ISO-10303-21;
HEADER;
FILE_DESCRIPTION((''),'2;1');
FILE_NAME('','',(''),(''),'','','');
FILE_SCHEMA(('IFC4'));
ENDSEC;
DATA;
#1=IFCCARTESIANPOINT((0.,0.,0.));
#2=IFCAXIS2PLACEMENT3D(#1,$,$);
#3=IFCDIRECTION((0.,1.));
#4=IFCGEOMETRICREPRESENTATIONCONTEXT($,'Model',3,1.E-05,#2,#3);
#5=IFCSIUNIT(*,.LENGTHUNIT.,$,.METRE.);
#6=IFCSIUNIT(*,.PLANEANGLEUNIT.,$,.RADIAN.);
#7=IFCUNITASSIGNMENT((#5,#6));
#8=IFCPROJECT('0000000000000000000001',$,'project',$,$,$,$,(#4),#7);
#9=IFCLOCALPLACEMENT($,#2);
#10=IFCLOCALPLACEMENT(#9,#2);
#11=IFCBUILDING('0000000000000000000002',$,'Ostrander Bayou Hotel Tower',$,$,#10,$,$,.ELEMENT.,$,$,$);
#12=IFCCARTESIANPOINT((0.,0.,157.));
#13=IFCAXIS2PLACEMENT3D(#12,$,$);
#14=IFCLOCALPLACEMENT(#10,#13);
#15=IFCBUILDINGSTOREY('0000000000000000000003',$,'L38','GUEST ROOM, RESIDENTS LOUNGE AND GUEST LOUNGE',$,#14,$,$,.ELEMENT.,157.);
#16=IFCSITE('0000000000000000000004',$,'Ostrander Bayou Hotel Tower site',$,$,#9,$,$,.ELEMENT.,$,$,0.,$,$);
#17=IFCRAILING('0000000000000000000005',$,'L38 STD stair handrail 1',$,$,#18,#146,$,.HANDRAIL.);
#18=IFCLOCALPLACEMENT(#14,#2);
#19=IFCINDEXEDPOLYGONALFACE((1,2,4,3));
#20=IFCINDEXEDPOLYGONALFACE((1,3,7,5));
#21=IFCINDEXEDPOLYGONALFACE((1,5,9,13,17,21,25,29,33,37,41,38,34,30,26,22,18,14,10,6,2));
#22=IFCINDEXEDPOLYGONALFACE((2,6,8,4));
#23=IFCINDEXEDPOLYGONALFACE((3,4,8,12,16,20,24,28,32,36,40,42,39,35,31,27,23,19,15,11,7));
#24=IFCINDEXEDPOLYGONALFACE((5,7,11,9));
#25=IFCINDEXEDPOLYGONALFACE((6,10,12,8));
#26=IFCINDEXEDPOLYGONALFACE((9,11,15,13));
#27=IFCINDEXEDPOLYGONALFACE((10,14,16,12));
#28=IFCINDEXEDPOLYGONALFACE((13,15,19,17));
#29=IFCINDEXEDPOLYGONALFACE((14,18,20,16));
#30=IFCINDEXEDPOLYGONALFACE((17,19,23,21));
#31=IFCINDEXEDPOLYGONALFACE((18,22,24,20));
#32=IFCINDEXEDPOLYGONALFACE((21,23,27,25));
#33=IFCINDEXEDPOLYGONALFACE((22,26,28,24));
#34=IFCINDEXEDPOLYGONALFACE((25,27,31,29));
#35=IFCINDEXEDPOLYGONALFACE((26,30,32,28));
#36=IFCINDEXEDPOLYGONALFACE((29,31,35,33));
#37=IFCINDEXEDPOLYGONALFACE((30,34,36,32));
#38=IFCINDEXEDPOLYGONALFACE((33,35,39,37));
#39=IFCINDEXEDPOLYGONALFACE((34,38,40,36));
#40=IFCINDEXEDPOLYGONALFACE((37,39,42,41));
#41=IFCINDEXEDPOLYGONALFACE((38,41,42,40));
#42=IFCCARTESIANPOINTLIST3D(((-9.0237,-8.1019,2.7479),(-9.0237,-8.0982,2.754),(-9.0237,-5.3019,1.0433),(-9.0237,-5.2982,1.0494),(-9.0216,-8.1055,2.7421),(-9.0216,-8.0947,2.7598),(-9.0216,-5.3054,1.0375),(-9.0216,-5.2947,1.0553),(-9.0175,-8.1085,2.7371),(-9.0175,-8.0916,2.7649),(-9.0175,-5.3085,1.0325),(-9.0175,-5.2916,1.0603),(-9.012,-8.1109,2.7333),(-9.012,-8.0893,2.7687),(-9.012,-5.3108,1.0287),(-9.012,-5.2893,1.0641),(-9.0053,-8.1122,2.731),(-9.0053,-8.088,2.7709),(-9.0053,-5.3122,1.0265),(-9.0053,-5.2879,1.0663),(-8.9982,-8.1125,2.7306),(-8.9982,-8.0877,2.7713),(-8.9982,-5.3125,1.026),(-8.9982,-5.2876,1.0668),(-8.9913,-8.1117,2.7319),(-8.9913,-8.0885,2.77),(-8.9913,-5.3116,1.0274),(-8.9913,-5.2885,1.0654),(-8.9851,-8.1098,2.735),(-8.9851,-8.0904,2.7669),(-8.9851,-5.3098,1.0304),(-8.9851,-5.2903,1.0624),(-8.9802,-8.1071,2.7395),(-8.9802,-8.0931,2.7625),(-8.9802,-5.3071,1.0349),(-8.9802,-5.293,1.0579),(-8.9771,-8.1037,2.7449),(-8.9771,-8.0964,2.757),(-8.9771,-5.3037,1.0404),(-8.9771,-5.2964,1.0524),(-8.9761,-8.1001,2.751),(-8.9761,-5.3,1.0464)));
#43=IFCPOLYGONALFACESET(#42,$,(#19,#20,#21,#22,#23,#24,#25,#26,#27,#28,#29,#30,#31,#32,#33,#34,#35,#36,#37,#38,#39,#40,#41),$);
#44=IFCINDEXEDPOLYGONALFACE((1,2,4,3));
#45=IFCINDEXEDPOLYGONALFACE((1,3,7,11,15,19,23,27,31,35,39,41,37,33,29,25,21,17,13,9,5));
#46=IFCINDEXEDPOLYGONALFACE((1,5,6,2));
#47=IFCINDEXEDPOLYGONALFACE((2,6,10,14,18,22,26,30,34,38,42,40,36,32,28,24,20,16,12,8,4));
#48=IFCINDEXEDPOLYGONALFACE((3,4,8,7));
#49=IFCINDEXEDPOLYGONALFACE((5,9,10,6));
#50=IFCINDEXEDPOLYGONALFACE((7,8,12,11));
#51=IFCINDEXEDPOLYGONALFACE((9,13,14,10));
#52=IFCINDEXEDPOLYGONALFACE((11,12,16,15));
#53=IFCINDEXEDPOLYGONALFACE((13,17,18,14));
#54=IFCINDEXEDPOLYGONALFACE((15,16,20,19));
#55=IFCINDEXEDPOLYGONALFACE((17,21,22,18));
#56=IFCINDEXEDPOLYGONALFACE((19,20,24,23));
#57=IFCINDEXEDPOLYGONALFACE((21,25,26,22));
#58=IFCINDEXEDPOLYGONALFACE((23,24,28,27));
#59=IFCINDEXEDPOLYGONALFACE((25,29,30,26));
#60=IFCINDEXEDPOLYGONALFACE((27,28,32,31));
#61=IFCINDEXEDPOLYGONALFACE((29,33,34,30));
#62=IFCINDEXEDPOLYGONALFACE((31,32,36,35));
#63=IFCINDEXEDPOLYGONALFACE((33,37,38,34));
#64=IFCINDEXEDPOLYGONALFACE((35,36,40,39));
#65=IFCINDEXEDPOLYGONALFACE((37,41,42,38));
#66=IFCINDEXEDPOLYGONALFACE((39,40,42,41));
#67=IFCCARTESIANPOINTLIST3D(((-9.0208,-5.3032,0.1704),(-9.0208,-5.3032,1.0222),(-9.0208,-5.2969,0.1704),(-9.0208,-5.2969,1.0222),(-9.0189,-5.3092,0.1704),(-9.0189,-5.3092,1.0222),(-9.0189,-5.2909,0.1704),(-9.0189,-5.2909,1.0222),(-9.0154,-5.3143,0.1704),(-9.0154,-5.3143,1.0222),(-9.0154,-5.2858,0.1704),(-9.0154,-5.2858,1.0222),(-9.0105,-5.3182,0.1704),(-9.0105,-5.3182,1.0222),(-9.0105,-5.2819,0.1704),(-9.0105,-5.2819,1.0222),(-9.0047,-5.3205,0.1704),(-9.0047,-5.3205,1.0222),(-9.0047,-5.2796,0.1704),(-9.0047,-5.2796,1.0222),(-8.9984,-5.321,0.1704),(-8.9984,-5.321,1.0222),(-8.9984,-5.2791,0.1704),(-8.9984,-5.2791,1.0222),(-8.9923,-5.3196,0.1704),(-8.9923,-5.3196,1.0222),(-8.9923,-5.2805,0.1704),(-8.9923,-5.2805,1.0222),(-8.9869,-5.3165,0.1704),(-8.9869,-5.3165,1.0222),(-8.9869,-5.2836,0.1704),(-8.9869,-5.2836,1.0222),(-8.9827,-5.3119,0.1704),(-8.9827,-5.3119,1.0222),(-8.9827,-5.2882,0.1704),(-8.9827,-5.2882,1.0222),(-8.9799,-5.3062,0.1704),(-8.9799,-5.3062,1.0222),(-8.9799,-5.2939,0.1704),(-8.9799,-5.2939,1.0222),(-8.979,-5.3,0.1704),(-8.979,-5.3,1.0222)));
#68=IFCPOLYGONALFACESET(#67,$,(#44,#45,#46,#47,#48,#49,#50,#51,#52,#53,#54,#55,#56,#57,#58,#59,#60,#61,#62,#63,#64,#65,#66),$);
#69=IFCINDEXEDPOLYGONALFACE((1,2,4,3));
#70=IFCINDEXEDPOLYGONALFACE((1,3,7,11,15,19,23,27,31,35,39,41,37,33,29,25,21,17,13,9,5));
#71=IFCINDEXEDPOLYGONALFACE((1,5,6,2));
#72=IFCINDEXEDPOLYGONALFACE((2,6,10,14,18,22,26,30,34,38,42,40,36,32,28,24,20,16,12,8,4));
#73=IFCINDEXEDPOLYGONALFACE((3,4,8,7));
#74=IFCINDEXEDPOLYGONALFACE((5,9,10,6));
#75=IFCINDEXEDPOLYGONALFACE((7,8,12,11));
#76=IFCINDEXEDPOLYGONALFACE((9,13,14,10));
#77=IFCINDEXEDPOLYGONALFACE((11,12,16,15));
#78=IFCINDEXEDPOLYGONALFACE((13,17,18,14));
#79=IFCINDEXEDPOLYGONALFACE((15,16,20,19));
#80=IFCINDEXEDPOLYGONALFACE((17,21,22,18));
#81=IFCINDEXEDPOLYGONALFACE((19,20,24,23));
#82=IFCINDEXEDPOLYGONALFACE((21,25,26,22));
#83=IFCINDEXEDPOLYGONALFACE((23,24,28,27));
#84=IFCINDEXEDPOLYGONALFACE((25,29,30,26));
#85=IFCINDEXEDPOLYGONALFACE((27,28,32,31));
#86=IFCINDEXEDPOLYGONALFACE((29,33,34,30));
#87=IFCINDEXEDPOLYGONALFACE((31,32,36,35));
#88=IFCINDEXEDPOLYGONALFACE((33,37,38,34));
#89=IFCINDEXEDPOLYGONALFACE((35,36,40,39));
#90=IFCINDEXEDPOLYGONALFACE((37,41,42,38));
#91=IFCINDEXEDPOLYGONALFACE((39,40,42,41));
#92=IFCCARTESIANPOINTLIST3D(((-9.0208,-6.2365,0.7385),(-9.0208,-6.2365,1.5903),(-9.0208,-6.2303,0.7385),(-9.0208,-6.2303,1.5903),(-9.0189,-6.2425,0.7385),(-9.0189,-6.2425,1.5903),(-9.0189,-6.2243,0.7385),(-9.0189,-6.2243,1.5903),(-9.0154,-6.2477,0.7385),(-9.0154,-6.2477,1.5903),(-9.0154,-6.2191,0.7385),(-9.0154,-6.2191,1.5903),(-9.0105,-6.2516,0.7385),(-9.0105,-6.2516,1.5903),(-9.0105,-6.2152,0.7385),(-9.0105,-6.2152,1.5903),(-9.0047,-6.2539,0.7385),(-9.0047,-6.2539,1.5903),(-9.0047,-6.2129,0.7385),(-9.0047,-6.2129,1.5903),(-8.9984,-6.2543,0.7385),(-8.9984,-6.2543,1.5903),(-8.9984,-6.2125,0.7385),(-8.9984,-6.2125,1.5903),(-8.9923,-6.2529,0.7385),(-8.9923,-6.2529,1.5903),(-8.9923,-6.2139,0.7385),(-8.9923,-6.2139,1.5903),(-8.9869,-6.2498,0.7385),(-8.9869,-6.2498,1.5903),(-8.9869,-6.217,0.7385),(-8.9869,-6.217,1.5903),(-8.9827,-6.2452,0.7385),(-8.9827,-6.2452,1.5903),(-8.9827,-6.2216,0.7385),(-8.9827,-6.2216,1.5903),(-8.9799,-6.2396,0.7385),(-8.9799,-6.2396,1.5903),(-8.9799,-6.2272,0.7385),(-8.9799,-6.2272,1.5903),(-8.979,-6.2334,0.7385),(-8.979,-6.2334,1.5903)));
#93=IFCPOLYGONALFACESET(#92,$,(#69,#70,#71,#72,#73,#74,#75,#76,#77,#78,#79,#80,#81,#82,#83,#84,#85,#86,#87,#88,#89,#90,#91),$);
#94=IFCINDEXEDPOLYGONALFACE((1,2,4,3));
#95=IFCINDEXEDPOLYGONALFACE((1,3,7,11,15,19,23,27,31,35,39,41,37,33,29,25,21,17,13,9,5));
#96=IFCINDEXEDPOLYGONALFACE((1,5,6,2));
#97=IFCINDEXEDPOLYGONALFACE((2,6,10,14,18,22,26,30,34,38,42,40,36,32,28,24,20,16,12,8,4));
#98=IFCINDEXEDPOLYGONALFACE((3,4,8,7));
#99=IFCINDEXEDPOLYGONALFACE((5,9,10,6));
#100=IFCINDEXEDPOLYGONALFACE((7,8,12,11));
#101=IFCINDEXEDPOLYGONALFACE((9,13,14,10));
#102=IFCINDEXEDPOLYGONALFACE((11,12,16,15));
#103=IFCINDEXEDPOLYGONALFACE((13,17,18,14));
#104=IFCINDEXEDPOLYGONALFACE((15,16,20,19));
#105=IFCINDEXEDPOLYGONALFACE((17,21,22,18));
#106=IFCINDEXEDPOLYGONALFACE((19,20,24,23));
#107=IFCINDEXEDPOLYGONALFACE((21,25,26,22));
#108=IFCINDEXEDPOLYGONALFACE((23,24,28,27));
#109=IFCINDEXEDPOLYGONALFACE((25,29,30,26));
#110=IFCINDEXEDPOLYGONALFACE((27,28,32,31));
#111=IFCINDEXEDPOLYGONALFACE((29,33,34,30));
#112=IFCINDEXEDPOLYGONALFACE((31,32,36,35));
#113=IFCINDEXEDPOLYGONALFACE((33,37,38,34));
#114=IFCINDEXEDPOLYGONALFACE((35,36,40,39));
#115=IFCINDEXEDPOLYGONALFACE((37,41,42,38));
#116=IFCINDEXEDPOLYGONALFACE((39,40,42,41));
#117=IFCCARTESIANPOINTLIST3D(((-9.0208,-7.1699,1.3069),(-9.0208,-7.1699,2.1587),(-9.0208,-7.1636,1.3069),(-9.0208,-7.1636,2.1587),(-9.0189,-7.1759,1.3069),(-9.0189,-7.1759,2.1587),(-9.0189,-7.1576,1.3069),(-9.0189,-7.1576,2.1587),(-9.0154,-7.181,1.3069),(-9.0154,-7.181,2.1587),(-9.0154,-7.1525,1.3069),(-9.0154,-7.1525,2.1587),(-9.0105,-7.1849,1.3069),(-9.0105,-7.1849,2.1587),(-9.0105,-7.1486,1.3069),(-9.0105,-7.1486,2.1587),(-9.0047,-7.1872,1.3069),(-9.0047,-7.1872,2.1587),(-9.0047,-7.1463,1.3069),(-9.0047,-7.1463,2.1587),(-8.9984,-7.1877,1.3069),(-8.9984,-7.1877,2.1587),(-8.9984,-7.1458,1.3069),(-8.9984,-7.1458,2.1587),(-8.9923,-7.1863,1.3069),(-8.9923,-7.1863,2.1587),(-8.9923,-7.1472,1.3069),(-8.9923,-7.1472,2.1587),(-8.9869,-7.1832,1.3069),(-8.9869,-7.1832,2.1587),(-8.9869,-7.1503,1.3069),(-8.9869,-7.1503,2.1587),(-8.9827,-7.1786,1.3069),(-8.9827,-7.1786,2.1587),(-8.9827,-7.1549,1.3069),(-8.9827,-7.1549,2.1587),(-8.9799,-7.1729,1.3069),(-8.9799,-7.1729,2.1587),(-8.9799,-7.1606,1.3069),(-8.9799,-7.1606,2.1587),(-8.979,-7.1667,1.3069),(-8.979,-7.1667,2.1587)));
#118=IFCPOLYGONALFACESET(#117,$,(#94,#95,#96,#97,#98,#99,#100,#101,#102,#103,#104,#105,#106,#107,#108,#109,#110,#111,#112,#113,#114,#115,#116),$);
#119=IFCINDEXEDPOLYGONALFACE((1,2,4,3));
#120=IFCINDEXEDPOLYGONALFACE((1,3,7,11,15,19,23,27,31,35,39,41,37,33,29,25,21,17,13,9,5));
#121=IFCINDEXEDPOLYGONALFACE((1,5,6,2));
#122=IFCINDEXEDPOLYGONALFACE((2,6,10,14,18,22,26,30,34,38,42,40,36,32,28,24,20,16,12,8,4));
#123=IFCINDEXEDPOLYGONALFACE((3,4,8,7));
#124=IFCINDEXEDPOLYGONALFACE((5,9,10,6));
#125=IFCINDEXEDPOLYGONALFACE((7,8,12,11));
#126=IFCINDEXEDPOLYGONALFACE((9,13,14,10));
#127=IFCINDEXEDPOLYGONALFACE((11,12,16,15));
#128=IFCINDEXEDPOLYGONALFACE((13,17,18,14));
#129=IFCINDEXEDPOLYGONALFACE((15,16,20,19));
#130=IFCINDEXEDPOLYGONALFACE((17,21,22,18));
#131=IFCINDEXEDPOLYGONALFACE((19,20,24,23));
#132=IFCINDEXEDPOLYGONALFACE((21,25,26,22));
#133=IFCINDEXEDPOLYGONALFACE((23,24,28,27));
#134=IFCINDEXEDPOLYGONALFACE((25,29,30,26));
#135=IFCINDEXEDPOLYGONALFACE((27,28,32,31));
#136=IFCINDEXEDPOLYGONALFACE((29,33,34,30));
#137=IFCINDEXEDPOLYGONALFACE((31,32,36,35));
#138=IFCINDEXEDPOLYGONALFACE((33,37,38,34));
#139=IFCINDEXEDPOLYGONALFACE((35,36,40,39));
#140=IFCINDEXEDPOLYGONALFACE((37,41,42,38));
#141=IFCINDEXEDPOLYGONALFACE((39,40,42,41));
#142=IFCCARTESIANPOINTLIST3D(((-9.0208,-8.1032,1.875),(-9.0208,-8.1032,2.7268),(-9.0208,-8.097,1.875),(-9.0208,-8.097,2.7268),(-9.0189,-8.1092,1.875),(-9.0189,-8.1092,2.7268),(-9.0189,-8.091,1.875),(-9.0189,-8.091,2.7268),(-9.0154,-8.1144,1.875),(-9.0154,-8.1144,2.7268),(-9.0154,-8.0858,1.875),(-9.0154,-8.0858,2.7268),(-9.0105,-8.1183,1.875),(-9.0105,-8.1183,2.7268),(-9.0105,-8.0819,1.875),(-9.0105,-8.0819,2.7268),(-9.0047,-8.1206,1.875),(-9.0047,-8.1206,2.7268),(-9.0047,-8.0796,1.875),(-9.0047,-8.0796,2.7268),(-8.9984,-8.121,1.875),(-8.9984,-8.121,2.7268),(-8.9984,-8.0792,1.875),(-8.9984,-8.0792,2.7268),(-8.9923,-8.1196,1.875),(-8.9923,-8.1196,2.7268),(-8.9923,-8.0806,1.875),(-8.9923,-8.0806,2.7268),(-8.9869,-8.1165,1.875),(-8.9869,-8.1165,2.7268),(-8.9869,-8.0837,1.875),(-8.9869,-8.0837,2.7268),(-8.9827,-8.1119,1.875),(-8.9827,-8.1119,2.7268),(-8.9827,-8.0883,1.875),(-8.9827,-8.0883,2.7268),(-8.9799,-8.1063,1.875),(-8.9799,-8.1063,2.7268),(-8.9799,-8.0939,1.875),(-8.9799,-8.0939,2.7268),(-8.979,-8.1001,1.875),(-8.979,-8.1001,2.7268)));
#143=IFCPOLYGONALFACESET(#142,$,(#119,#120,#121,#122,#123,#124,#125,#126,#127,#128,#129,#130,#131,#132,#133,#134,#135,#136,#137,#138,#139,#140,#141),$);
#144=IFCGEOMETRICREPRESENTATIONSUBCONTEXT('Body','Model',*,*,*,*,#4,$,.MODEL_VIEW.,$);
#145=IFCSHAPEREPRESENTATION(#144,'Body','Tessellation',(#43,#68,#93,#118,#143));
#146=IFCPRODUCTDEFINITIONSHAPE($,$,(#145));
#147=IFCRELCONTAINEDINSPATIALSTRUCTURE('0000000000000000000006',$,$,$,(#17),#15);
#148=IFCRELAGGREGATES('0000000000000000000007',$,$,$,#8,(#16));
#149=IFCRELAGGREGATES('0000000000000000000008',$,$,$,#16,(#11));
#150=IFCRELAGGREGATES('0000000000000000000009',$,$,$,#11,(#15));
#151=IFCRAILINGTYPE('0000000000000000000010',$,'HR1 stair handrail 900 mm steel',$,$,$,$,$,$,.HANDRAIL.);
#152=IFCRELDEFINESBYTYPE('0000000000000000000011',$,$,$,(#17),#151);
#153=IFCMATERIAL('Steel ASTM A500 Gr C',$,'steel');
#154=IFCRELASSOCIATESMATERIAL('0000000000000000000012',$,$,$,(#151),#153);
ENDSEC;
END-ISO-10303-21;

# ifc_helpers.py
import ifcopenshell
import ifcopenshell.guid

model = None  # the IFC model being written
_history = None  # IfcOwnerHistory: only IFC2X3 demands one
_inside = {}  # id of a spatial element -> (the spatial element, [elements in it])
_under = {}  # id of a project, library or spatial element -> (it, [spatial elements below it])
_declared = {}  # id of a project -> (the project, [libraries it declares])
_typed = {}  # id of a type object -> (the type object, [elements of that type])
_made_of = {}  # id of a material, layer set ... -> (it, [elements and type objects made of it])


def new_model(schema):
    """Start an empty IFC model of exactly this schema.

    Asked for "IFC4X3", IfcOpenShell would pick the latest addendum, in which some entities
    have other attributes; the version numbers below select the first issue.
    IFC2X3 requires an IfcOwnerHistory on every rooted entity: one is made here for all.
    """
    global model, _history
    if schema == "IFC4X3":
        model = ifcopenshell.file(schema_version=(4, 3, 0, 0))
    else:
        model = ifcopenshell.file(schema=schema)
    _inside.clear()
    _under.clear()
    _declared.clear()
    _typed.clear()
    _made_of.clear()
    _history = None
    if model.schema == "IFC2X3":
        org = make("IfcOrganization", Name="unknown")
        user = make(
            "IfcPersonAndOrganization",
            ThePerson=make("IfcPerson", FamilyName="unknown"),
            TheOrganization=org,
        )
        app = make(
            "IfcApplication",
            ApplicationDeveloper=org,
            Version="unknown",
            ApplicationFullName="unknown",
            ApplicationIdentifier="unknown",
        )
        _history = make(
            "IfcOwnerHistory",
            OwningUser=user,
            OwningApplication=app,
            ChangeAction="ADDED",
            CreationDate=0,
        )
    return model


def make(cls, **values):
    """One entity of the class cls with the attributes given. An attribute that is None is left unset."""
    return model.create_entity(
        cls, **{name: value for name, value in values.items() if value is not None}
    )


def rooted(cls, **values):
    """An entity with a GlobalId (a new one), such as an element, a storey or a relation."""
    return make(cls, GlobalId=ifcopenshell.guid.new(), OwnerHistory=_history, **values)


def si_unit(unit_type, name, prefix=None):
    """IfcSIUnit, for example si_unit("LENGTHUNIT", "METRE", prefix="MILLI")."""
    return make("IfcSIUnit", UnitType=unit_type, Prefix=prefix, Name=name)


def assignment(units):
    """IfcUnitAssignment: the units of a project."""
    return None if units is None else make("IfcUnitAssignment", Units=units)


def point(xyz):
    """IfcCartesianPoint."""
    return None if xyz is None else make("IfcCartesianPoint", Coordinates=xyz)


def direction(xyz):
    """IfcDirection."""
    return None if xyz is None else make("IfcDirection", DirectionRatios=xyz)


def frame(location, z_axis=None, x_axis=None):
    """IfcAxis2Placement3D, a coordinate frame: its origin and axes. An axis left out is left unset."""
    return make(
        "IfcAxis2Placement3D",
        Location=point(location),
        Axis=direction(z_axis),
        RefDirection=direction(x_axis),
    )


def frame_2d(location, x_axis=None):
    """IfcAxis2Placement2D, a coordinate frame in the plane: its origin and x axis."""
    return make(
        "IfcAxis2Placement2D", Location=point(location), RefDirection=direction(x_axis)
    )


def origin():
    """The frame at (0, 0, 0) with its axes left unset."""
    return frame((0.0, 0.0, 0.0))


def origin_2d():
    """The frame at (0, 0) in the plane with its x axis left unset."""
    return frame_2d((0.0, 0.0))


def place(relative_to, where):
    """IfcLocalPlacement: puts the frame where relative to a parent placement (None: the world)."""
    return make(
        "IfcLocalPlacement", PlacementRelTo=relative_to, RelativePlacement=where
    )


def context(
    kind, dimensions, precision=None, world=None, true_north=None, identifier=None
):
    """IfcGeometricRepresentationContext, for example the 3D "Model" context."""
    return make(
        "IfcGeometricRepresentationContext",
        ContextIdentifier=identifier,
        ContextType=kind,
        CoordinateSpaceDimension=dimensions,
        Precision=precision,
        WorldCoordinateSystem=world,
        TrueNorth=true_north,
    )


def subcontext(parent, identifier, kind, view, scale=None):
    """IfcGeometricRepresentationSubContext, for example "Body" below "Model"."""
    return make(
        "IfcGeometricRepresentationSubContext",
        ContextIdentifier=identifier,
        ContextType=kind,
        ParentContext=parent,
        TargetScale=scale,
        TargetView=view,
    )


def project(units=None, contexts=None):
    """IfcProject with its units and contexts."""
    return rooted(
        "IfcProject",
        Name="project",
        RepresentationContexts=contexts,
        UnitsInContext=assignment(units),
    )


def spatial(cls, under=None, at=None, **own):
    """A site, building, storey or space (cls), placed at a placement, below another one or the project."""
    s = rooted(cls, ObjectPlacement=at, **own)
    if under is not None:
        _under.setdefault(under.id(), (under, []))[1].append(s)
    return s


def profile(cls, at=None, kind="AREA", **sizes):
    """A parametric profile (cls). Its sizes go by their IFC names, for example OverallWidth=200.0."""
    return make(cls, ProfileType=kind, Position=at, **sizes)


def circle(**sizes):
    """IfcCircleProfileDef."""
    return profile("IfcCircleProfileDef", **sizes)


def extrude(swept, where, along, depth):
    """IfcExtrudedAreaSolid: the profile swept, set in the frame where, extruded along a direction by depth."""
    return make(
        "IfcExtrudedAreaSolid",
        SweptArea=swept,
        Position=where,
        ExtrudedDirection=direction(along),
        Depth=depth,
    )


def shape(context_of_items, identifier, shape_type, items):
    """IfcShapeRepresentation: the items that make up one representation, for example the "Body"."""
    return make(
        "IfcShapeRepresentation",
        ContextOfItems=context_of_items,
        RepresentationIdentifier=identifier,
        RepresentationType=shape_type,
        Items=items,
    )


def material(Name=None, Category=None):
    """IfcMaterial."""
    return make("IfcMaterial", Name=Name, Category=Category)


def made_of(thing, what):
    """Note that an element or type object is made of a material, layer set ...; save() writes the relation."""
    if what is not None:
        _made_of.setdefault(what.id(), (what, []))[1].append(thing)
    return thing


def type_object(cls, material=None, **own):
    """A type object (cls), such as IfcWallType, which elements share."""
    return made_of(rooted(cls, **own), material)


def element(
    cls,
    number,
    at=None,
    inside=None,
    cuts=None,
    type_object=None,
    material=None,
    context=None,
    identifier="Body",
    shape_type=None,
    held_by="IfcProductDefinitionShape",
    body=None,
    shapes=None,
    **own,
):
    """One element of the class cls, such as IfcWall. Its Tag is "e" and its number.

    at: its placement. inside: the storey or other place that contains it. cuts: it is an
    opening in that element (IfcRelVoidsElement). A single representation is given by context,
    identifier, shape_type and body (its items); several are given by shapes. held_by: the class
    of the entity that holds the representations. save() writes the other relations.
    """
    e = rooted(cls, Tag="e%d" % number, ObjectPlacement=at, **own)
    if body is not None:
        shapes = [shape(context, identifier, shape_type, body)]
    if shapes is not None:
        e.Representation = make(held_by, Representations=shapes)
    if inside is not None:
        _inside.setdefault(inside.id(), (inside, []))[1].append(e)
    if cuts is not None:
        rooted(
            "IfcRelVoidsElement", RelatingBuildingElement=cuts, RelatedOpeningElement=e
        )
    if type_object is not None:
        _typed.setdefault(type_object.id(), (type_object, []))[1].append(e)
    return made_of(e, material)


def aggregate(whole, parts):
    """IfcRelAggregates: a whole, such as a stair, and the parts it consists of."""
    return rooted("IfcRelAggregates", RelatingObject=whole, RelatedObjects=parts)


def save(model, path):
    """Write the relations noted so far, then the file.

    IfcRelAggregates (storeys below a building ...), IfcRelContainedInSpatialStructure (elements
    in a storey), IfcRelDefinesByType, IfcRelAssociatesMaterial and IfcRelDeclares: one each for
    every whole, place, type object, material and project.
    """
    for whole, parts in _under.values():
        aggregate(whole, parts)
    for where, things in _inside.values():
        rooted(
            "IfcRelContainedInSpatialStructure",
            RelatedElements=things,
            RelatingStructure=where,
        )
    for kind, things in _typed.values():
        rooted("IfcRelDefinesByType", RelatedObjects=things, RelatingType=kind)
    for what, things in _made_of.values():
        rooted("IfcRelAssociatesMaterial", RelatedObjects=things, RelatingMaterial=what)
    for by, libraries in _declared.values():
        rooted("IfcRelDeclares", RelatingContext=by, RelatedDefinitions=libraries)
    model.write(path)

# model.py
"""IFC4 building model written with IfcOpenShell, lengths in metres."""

from ifc_helpers import new_model, si_unit, direction, frame, origin, origin_2d, place, context, subcontext, project, spatial, circle, extrude, material, type_object, element, save


model = new_model("IFC4")

# Units and contexts
model_context = context("Model", 3, precision=1e-05, world=origin(), true_north=direction((0.0, 1.0)))
body_context = subcontext(model_context, "Body", "Model", "MODEL_VIEW")
ifc_project = project(units=[si_unit("LENGTHUNIT", "METRE"), si_unit("PLANEANGLEUNIT", "RADIAN")], contexts=[model_context])

# Site, building, storey
site_placement = place(None, origin())
site = spatial("IfcSite", under=ifc_project, at=site_placement, Name="Ostrander Bayou Hotel Tower site", CompositionType="ELEMENT", RefElevation=0.0)
building_placement = place(site_placement, origin())
building = spatial("IfcBuilding", under=site, at=building_placement, Name="Ostrander Bayou Hotel Tower", CompositionType="ELEMENT")
storey_placement = place(building_placement, frame((0.0, 0.0, 157.0)))
storey = spatial("IfcBuildingStorey", under=building, at=storey_placement, Name="L38", Description="GUEST ROOM, RESIDENTS LOUNGE AND GUEST LOUNGE", CompositionType="ELEMENT", Elevation=157.0)

# Railing
ifc_material_1 = material(Name="Steel ASTM A500 Gr C", Category="steel")
railing_type = type_object("IfcRailingType", Name="HR1 stair handrail 900 mm steel", PredefinedType="HANDRAIL", material=ifc_material_1)
railing_placement = place(storey_placement, frame((-9.0, -5.3, 0.1704)))
element("IfcRailing", 1, at=railing_placement, inside=storey, type_object=railing_type, Name="L38 STD stair handrail 1", PredefinedType="HANDRAIL", context=body_context, shape_type="SweptSolid", body=[
    extrude(circle(Radius=0.0239, at=origin_2d()), frame((0.0, 0.0, 0.876), z_axis=(0.0, -0.85417, 0.519994), x_axis=(1.0, 0.0, 0.0)), (0.0, 0.0, 1.0), 3.2781),
    extrude(circle(Radius=0.021, at=origin_2d()), origin(), (0.0, 0.0, 1.0), 0.8518),
    extrude(circle(Radius=0.021, at=origin_2d()), frame((0.0, -0.9333, 0.5681)), (0.0, 0.0, 1.0), 0.8518),
    extrude(circle(Radius=0.021, at=origin_2d()), frame((0.0, -1.8667, 1.1365)), (0.0, 0.0, 1.0), 0.8518),
    extrude(circle(Radius=0.021, at=origin_2d()), frame((0.0, -2.8, 1.7046)), (0.0, 0.0, 1.0), 0.8518),
])

save(model, "model.ifc")
